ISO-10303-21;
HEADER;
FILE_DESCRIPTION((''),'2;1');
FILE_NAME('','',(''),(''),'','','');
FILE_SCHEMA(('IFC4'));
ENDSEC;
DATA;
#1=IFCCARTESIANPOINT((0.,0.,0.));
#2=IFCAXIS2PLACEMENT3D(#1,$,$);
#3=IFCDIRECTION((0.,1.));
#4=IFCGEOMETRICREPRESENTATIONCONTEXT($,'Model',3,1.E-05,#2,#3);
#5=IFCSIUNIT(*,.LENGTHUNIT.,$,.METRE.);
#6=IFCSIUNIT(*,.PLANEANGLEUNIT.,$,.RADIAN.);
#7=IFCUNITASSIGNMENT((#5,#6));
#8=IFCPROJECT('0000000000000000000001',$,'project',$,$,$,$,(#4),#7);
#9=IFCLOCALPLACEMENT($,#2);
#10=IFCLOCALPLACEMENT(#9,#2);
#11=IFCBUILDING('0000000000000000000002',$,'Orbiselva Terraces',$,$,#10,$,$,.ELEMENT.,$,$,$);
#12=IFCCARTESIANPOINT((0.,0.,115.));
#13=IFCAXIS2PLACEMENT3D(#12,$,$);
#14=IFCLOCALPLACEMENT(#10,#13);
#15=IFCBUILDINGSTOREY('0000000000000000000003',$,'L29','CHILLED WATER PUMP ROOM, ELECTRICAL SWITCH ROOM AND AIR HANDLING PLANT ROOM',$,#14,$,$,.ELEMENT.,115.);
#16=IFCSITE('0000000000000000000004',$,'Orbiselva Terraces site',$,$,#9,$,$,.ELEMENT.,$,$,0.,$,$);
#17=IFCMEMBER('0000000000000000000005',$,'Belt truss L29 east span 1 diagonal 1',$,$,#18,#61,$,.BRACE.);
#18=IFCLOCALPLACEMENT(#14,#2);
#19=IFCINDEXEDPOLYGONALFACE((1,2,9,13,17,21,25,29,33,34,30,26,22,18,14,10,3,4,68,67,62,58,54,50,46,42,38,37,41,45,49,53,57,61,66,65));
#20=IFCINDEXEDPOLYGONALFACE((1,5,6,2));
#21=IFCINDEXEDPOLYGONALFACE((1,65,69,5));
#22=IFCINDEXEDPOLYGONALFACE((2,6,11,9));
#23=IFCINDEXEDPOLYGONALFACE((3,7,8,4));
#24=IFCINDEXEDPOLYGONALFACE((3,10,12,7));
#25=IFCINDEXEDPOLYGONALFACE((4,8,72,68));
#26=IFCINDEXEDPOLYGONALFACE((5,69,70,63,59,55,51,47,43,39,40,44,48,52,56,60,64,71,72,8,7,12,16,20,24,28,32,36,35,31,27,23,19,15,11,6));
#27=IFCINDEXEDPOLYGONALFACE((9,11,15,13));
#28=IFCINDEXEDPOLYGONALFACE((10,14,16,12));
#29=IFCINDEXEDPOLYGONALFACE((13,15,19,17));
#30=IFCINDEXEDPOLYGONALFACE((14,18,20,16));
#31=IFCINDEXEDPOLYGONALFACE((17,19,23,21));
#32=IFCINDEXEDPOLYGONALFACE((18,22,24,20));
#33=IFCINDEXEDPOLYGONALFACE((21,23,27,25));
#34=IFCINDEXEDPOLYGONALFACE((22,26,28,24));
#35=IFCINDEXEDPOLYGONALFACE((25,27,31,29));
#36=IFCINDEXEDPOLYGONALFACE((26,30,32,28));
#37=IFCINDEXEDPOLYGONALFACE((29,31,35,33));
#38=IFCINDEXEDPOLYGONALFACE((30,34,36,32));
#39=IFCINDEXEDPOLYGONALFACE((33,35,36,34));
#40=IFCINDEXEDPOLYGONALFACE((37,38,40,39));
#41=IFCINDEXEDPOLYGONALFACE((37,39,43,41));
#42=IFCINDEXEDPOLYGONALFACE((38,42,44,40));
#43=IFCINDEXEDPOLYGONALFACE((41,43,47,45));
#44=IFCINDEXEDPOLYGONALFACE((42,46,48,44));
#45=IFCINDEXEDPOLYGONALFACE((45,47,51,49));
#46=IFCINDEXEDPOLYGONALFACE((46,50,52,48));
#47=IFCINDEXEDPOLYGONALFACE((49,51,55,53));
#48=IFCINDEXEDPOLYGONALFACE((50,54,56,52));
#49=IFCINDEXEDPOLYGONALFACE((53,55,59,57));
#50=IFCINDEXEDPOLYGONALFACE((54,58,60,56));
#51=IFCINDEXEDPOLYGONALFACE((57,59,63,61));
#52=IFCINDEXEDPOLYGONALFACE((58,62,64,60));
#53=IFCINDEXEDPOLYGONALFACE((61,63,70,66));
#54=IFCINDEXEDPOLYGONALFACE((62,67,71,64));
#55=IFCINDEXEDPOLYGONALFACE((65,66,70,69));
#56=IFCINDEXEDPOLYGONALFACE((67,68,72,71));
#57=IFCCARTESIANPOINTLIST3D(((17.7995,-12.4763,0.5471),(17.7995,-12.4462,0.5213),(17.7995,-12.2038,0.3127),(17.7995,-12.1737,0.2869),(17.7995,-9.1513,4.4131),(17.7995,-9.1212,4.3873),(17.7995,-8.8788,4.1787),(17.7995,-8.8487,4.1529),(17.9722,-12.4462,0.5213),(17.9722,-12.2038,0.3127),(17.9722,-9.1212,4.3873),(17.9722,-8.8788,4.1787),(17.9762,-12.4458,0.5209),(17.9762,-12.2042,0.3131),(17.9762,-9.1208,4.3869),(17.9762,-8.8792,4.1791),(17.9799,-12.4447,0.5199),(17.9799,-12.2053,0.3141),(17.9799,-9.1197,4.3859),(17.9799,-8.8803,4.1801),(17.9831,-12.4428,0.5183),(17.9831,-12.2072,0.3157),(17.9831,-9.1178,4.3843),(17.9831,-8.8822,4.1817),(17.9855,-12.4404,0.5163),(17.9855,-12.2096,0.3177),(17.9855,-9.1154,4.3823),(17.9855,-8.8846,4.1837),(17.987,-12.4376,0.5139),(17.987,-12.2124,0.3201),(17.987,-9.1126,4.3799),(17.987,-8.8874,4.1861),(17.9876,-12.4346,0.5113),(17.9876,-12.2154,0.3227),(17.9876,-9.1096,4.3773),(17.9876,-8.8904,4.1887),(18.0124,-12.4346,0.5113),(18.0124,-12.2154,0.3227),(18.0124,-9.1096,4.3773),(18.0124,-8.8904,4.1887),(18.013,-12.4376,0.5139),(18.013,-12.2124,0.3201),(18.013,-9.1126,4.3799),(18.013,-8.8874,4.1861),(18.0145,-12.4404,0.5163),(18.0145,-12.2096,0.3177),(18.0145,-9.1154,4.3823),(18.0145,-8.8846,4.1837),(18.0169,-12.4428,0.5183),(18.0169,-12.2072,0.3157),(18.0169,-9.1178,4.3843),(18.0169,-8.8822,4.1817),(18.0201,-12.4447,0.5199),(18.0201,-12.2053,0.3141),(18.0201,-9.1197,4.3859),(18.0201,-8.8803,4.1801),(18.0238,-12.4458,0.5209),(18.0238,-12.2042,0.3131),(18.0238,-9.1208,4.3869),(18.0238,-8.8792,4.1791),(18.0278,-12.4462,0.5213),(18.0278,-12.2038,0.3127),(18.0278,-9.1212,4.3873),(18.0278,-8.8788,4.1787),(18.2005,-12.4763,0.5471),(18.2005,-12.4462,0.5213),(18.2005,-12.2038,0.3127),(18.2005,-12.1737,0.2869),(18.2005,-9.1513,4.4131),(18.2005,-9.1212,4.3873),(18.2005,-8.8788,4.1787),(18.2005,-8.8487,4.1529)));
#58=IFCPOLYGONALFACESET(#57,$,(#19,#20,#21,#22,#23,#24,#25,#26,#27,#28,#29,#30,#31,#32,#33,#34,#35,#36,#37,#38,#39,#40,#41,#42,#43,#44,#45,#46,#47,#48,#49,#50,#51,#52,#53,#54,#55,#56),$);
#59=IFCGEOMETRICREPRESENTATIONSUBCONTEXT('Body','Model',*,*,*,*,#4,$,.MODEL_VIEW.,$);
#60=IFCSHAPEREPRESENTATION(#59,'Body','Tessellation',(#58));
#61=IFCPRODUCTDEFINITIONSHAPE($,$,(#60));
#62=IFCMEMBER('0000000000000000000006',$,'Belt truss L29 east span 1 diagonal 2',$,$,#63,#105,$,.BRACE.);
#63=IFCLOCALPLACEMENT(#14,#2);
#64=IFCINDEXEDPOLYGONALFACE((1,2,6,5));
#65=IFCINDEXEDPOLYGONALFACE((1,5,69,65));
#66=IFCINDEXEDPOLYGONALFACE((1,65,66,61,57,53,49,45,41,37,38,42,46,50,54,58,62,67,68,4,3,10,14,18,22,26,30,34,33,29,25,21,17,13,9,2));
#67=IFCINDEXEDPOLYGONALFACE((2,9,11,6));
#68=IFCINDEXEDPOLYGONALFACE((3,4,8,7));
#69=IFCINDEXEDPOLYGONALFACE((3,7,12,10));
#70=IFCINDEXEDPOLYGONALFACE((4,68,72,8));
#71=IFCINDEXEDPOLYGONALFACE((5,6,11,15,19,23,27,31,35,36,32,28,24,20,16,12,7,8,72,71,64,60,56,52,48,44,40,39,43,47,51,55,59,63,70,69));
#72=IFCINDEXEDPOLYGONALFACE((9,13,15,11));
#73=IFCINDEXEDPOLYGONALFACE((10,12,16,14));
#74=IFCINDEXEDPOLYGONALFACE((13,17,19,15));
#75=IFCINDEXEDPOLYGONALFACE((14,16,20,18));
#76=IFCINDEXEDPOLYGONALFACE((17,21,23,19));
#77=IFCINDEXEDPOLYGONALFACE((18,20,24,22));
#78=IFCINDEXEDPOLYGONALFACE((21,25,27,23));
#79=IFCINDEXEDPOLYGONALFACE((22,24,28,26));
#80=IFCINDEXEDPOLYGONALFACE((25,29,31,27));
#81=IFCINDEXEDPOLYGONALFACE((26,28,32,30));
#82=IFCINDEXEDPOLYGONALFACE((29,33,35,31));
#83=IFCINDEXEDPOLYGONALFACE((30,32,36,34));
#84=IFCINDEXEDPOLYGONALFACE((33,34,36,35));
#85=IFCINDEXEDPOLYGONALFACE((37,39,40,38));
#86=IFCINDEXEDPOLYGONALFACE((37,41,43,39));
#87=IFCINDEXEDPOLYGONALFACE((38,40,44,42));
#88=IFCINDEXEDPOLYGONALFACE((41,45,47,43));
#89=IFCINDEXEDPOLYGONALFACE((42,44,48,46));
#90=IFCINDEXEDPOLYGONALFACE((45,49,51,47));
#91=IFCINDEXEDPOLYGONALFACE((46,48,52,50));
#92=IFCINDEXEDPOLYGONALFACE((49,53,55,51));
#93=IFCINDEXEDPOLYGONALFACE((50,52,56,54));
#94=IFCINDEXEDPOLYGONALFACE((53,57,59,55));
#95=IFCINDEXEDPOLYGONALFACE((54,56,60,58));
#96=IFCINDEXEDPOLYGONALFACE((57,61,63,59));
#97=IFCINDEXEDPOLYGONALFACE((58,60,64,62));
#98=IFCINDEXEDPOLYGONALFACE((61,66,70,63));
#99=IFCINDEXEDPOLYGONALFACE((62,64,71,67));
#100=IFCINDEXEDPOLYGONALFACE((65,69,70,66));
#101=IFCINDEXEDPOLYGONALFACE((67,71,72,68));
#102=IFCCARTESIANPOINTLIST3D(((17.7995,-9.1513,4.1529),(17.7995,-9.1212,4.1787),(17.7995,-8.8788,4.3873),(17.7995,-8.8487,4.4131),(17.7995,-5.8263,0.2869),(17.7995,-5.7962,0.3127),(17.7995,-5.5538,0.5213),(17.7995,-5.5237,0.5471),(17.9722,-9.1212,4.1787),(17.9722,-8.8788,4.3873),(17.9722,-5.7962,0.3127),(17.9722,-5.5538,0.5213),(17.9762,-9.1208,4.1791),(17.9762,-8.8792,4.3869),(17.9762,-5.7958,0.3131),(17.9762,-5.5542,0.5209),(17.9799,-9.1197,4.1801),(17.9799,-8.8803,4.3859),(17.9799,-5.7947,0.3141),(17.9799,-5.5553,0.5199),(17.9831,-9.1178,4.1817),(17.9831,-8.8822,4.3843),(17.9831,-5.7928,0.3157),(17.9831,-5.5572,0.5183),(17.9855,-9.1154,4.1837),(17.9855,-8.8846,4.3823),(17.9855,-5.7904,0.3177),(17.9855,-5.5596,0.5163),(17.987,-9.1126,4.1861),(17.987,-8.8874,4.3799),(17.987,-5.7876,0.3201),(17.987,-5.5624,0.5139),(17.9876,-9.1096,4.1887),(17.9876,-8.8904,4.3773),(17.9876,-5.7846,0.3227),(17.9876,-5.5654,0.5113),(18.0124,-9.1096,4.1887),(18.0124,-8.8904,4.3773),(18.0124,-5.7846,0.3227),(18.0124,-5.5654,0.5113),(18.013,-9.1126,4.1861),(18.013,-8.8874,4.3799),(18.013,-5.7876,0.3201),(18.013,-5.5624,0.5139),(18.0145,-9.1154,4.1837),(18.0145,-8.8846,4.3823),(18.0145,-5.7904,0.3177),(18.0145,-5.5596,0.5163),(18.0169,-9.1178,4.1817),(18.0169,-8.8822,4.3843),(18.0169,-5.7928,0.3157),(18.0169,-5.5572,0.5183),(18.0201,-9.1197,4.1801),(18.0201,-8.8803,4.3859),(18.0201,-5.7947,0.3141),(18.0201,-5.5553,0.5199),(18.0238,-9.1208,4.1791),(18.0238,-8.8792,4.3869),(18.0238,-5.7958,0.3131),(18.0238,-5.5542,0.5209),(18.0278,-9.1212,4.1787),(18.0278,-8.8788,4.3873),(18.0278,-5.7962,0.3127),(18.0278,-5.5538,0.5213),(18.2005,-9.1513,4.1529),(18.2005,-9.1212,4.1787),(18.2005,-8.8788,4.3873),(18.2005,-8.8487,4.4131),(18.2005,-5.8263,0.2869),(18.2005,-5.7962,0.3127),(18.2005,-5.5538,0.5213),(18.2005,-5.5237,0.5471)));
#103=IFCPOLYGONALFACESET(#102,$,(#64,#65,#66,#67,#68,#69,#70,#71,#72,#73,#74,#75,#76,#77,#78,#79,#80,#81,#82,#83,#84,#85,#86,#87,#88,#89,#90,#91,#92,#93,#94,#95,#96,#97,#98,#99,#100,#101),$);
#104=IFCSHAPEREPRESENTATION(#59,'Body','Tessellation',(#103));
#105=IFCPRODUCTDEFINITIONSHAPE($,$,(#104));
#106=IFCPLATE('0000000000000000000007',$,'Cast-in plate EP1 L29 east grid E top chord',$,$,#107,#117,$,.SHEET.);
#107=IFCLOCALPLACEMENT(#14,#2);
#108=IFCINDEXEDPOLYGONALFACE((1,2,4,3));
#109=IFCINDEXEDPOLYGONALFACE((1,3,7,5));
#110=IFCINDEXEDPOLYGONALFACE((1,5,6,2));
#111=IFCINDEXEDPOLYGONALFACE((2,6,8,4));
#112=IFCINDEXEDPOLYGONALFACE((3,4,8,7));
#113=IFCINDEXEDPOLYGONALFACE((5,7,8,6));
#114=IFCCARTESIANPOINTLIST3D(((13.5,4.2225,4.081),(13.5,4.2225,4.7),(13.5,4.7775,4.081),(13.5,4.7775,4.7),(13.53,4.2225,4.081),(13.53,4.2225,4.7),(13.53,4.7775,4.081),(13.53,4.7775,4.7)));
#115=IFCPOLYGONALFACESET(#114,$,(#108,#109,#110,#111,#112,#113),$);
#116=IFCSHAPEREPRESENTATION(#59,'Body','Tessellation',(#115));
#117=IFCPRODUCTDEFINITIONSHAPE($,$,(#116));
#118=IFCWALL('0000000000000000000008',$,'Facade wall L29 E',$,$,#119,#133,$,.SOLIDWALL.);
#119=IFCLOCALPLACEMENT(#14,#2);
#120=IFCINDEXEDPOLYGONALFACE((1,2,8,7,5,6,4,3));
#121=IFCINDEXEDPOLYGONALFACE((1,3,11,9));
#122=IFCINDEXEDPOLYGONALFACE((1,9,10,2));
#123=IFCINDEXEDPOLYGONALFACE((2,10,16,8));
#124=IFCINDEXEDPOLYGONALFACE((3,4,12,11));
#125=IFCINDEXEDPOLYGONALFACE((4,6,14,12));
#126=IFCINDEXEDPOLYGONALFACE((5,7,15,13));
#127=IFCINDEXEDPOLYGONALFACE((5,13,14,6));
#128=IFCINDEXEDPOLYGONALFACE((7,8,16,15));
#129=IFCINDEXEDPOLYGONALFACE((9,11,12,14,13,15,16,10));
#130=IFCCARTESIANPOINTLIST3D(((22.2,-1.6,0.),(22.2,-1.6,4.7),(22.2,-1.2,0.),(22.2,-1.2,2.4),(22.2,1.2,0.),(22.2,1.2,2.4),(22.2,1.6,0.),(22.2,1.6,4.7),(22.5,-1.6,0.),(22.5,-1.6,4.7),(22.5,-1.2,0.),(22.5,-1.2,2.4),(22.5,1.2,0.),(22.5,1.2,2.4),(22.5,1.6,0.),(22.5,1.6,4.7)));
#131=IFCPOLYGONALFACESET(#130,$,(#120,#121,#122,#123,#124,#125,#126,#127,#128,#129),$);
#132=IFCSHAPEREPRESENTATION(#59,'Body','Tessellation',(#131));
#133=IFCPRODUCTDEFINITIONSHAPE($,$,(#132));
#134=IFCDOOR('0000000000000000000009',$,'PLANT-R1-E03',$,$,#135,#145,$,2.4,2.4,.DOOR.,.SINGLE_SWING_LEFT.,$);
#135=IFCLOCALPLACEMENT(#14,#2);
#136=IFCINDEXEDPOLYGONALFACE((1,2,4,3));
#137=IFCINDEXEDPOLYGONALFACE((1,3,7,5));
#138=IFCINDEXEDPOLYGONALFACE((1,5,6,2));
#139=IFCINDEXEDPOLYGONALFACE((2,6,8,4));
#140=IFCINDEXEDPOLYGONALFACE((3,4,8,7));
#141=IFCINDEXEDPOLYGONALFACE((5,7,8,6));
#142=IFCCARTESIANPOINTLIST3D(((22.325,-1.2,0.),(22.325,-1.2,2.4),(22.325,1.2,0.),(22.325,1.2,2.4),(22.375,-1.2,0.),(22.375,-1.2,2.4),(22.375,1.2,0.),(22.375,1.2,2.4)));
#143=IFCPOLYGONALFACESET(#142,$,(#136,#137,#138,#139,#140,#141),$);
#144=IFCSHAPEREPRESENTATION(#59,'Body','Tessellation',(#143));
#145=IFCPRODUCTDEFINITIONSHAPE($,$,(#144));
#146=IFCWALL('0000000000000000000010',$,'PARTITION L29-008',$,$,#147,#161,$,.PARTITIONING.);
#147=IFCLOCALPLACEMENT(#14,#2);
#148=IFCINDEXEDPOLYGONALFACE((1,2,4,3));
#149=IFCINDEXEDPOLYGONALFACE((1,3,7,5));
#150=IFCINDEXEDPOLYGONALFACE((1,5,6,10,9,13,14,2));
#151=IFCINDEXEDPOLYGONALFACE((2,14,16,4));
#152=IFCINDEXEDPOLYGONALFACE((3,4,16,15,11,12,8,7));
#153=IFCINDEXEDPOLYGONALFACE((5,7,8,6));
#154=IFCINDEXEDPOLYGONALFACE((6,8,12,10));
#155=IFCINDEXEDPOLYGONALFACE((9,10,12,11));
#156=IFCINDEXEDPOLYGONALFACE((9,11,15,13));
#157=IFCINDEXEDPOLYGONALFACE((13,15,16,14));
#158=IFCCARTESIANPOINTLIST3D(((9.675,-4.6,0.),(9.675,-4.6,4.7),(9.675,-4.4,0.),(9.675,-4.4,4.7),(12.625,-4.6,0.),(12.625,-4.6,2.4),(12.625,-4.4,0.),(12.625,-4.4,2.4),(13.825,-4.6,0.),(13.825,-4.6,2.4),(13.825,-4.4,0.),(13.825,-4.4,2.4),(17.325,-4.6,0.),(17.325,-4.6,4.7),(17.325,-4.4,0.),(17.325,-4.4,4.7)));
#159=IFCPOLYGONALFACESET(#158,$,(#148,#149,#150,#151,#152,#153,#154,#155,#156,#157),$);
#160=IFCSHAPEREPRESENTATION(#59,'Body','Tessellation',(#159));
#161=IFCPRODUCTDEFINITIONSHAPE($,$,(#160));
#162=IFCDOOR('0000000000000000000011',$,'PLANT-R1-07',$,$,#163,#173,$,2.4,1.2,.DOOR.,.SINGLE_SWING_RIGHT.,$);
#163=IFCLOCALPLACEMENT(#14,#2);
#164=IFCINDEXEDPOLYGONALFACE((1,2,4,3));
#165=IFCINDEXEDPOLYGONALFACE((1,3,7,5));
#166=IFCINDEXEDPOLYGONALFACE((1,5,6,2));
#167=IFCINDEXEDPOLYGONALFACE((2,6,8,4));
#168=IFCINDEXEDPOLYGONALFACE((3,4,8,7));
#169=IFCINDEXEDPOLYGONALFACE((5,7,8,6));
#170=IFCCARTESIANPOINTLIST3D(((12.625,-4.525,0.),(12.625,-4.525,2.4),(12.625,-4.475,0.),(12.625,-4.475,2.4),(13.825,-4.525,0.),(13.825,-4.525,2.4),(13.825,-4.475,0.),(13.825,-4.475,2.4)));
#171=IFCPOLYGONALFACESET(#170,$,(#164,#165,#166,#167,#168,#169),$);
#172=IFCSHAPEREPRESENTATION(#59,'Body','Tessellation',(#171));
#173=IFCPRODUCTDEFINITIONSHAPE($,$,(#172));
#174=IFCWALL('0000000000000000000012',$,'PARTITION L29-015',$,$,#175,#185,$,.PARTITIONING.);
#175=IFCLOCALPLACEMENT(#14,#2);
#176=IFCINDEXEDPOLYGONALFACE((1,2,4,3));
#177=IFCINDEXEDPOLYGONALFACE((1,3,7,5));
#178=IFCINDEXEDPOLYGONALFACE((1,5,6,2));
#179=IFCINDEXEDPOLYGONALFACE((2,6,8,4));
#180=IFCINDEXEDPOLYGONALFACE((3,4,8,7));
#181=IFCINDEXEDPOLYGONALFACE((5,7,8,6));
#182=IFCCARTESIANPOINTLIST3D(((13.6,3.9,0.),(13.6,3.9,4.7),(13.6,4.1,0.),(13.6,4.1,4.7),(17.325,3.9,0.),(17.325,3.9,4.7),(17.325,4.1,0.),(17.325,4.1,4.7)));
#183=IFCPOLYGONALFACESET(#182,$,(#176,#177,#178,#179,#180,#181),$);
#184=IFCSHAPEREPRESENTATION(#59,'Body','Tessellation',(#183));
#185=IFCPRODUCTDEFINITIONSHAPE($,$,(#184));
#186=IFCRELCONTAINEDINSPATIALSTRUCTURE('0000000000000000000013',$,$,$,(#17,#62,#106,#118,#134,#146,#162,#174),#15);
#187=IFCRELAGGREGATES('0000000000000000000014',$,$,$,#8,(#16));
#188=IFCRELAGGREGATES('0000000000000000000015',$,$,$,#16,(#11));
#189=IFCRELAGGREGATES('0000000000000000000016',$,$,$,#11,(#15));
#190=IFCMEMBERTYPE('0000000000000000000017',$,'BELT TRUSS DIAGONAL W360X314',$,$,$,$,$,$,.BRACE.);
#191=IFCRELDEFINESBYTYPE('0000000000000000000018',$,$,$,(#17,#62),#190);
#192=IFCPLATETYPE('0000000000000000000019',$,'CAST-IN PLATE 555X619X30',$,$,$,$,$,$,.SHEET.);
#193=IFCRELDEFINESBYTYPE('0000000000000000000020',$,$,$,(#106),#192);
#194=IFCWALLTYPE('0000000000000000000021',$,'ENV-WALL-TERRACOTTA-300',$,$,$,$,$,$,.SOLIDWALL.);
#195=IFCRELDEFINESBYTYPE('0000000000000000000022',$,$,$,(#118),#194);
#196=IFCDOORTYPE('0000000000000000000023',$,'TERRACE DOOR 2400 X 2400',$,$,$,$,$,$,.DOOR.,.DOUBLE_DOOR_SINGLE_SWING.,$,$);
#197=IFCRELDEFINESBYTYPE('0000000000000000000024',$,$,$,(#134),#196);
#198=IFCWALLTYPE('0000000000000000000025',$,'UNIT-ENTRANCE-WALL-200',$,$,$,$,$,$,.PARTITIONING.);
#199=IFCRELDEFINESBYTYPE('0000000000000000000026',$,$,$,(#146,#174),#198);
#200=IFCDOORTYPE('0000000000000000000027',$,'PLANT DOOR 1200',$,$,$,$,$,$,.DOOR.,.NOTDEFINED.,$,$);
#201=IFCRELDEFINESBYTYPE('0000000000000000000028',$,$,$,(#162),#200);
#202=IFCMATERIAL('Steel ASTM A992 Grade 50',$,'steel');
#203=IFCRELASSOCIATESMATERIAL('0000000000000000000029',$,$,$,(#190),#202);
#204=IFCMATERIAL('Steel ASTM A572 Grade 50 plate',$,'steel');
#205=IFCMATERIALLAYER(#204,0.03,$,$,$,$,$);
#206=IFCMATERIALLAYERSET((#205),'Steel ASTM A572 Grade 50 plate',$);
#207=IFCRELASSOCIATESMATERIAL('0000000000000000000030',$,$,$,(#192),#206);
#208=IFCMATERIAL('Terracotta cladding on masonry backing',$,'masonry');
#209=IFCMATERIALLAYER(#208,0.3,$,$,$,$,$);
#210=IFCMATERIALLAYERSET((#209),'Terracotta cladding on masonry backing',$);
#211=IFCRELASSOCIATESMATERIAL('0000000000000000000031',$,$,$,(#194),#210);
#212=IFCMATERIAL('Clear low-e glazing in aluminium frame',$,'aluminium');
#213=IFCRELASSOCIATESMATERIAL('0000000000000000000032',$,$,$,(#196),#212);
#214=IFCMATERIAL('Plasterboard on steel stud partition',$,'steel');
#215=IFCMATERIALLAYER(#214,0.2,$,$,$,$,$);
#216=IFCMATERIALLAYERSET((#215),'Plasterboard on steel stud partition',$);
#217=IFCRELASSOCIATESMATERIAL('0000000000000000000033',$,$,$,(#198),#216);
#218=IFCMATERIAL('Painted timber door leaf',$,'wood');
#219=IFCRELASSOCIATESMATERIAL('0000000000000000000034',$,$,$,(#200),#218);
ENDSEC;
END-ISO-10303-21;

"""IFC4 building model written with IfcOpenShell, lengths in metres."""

from ifc_helpers import new_model, si_unit, direction, frame, frame_2d, origin, origin_2d, place, context, subcontext, project, spatial, rectangle, i_section, extrude, material, layer, layer_set, material_profile, profile_set, type_object, element, fill, save


model = new_model("IFC4")

# Units and contexts
model_context = context("Model", 3, precision=1e-05, world=origin(), true_north=direction((0.0, 1.0)))
body_context = subcontext(model_context, "Body", "Model", "MODEL_VIEW")
ifc_project = project(units=[si_unit("LENGTHUNIT", "METRE"), si_unit("PLANEANGLEUNIT", "RADIAN")], contexts=[model_context])

# Site, building, storey
site_placement = place(None, origin())
site = spatial("IfcSite", under=ifc_project, at=site_placement, Name="Orbiselva Terraces site", CompositionType="ELEMENT", RefElevation=0.0)
building_placement = place(site_placement, origin())
building = spatial("IfcBuilding", under=site, at=building_placement, Name="Orbiselva Terraces", CompositionType="ELEMENT")
storey_placement = place(building_placement, frame((0.0, 0.0, 115.0)))
storey = spatial("IfcBuildingStorey", under=building, at=storey_placement, Name="L29", Description="CHILLED WATER PUMP ROOM, ELECTRICAL SWITCH ROOM AND AIR HANDLING PLANT ROOM", CompositionType="ELEMENT", Elevation=115.0)

# Members
ifc_material_1 = material(Name="Steel ASTM A992 Grade 50", Category="steel")
ifc_material_profile_1 = material_profile(ifc_material_1, i_section(OverallWidth=0.401, OverallDepth=0.399, WebThickness=0.0249, FlangeThickness=0.0396, FilletRadius=0.0153, at=origin_2d()), Name="W360X314")
ifc_profile_set_1 = profile_set([ifc_material_profile_1], Name="Steel ASTM A992 Grade 50")
member_type_1 = type_object("IfcMemberType", Name="BELT TRUSS DIAGONAL W360X314", PredefinedType="BRACE", material=ifc_profile_set_1)
for number, where, z_axis, x_axis, name in (
    (1, (18.0, -12.325, 0.417), (0.0, 0.652066, 0.758162), (-1.0, 0.0, 0.0), "Belt truss L29 east span 1 diagonal 1"),
    (2, (18.0, -9.0, 4.283), (0.0, 0.652066, -0.758162), (-1.0, 0.0, 0.0), "Belt truss L29 east span 1 diagonal 2"),
):
    element("IfcMember", number, at=place(storey_placement, frame(where, z_axis=z_axis, x_axis=x_axis)), inside=storey, type_object=member_type_1, Name=name, PredefinedType="BRACE", context=body_context, shape_type="SweptSolid", body=[
        extrude(i_section(OverallWidth=0.401, OverallDepth=0.399, WebThickness=0.0249, FlangeThickness=0.0396, FilletRadius=0.0153, at=origin_2d()), origin(), (0.0, 0.0, 1.0), 5.0992),
    ])

# Plate
ifc_material_2 = material(Name="Steel ASTM A572 Grade 50 plate", Category="steel")
ifc_layer_1 = layer(ifc_material_2, 0.03)
ifc_layer_set_1 = layer_set([ifc_layer_1], Name="Steel ASTM A572 Grade 50 plate")
plate_type = type_object("IfcPlateType", Name="CAST-IN PLATE 555X619X30", PredefinedType="SHEET", material=ifc_layer_set_1)
plate_placement = place(storey_placement, frame((13.515, 4.5, 4.081), z_axis=(0.0, 0.0, 1.0), x_axis=(1.0, 0.0, 0.0)))
element("IfcPlate", 3, at=plate_placement, inside=storey, type_object=plate_type, Name="Cast-in plate EP1 L29 east grid E top chord", PredefinedType="SHEET", context=body_context, shape_type="SweptSolid", body=[
    extrude(rectangle(XDim=0.03, YDim=0.555, at=origin_2d()), origin(), (0.0, 0.0, 1.0), 0.619),
])

# Walls, openings, doors
ifc_material_3 = material(Name="Terracotta cladding on masonry backing", Category="masonry")
ifc_layer_2 = layer(ifc_material_3, 0.3)
ifc_layer_set_2 = layer_set([ifc_layer_2], Name="Terracotta cladding on masonry backing")
wall_type_1 = type_object("IfcWallType", Name="ENV-WALL-TERRACOTTA-300", PredefinedType="SOLIDWALL", material=ifc_layer_set_2)
wall_1_placement = place(storey_placement, frame((22.35, 1.6, 0.0), z_axis=(0.0, 0.0, 1.0), x_axis=(0.0, -1.0, 0.0)))
wall_1 = element("IfcWall", 4, at=wall_1_placement, inside=storey, type_object=wall_type_1, Name="Facade wall L29 E", PredefinedType="SOLIDWALL", context=body_context, shape_type="SweptSolid", body=[
    extrude(rectangle(XDim=3.2, YDim=0.3, at=frame_2d((1.6, 0.0))), origin(), (0.0, 0.0, 1.0), 4.7),
])
opening_1_placement = place(wall_1_placement, frame((0.4, 0.0, 0.0)))
opening_1 = element("IfcOpeningElement", 5, at=opening_1_placement, cuts=wall_1, PredefinedType="OPENING", context=body_context, shape_type="SweptSolid", body=[
    extrude(rectangle(XDim=2.4, YDim=2.4, at=frame_2d((1.2, 1.2))), frame((0.0, 0.16, 0.0), z_axis=(0.0, -1.0, 0.0), x_axis=(1.0, 0.0, 0.0)), (0.0, 0.0, 1.0), 0.32),
])
ifc_material_4 = material(Name="Clear low-e glazing in aluminium frame", Category="aluminium")
door_type_1 = type_object("IfcDoorType", Name="TERRACE DOOR 2400 X 2400", OperationType="DOUBLE_DOOR_SINGLE_SWING", PredefinedType="DOOR", material=ifc_material_4)
door_1_placement = place(opening_1_placement, origin())
door_1 = element("IfcDoor", 6, at=door_1_placement, inside=storey, type_object=door_type_1, Name="PLANT-R1-E03", OperationType="SINGLE_SWING_LEFT", OverallHeight=2.4, OverallWidth=2.4, PredefinedType="DOOR", context=body_context, shape_type="SweptSolid", body=[
    extrude(rectangle(XDim=2.4, YDim=2.4, at=frame_2d((1.2, 1.2))), frame((0.0, 0.025, 0.0), z_axis=(0.0, -1.0, 0.0), x_axis=(1.0, 0.0, 0.0)), (0.0, 0.0, 1.0), 0.05),
])
fill(opening_1, door_1)
ifc_material_5 = material(Name="Plasterboard on steel stud partition", Category="steel")
ifc_layer_3 = layer(ifc_material_5, 0.2)
ifc_layer_set_3 = layer_set([ifc_layer_3], Name="Plasterboard on steel stud partition")
wall_type_2 = type_object("IfcWallType", Name="UNIT-ENTRANCE-WALL-200", PredefinedType="PARTITIONING", material=ifc_layer_set_3)
wall_2_placement = place(storey_placement, frame((17.325, -4.5, 0.0), z_axis=(0.0, 0.0, 1.0), x_axis=(-1.0, 0.0, 0.0)))
wall_2 = element("IfcWall", 7, at=wall_2_placement, inside=storey, type_object=wall_type_2, Name="PARTITION L29-008", PredefinedType="PARTITIONING", context=body_context, shape_type="SweptSolid", body=[
    extrude(rectangle(XDim=7.65, YDim=0.2, at=frame_2d((3.825, 0.0))), origin(), (0.0, 0.0, 1.0), 4.7),
])
opening_2_placement = place(wall_2_placement, frame((3.5, 0.0, 0.0)))
opening_2 = element("IfcOpeningElement", 8, at=opening_2_placement, cuts=wall_2, PredefinedType="OPENING", context=body_context, shape_type="SweptSolid", body=[
    extrude(rectangle(XDim=1.2, YDim=2.4, at=frame_2d((0.6, 1.2))), frame((0.0, 0.11, 0.0), z_axis=(0.0, -1.0, 0.0), x_axis=(1.0, 0.0, 0.0)), (0.0, 0.0, 1.0), 0.22),
])
ifc_material_6 = material(Name="Painted timber door leaf", Category="wood")
door_type_2 = type_object("IfcDoorType", Name="PLANT DOOR 1200", OperationType="NOTDEFINED", PredefinedType="DOOR", material=ifc_material_6)
door_2_placement = place(opening_2_placement, origin())
door_2 = element("IfcDoor", 9, at=door_2_placement, inside=storey, type_object=door_type_2, Name="PLANT-R1-07", OperationType="SINGLE_SWING_RIGHT", OverallHeight=2.4, OverallWidth=1.2, PredefinedType="DOOR", context=body_context, shape_type="SweptSolid", body=[
    extrude(rectangle(XDim=1.2, YDim=2.4, at=frame_2d((0.6, 1.2))), frame((0.0, 0.025, 0.0), z_axis=(0.0, -1.0, 0.0), x_axis=(1.0, 0.0, 0.0)), (0.0, 0.0, 1.0), 0.05),
])
fill(opening_2, door_2)

# Wall
wall_3_placement = place(storey_placement, frame((13.6, 4.0, 0.0), z_axis=(0.0, 0.0, 1.0), x_axis=(1.0, 0.0, 0.0)))
element("IfcWall", 10, at=wall_3_placement, inside=storey, type_object=wall_type_2, Name="PARTITION L29-015", PredefinedType="PARTITIONING", context=body_context, shape_type="SweptSolid", body=[
    extrude(rectangle(XDim=3.725, YDim=0.2, at=frame_2d((1.8625, 0.0))), origin(), (0.0, 0.0, 1.0), 4.7),
])

save(model, "model.ifc")
